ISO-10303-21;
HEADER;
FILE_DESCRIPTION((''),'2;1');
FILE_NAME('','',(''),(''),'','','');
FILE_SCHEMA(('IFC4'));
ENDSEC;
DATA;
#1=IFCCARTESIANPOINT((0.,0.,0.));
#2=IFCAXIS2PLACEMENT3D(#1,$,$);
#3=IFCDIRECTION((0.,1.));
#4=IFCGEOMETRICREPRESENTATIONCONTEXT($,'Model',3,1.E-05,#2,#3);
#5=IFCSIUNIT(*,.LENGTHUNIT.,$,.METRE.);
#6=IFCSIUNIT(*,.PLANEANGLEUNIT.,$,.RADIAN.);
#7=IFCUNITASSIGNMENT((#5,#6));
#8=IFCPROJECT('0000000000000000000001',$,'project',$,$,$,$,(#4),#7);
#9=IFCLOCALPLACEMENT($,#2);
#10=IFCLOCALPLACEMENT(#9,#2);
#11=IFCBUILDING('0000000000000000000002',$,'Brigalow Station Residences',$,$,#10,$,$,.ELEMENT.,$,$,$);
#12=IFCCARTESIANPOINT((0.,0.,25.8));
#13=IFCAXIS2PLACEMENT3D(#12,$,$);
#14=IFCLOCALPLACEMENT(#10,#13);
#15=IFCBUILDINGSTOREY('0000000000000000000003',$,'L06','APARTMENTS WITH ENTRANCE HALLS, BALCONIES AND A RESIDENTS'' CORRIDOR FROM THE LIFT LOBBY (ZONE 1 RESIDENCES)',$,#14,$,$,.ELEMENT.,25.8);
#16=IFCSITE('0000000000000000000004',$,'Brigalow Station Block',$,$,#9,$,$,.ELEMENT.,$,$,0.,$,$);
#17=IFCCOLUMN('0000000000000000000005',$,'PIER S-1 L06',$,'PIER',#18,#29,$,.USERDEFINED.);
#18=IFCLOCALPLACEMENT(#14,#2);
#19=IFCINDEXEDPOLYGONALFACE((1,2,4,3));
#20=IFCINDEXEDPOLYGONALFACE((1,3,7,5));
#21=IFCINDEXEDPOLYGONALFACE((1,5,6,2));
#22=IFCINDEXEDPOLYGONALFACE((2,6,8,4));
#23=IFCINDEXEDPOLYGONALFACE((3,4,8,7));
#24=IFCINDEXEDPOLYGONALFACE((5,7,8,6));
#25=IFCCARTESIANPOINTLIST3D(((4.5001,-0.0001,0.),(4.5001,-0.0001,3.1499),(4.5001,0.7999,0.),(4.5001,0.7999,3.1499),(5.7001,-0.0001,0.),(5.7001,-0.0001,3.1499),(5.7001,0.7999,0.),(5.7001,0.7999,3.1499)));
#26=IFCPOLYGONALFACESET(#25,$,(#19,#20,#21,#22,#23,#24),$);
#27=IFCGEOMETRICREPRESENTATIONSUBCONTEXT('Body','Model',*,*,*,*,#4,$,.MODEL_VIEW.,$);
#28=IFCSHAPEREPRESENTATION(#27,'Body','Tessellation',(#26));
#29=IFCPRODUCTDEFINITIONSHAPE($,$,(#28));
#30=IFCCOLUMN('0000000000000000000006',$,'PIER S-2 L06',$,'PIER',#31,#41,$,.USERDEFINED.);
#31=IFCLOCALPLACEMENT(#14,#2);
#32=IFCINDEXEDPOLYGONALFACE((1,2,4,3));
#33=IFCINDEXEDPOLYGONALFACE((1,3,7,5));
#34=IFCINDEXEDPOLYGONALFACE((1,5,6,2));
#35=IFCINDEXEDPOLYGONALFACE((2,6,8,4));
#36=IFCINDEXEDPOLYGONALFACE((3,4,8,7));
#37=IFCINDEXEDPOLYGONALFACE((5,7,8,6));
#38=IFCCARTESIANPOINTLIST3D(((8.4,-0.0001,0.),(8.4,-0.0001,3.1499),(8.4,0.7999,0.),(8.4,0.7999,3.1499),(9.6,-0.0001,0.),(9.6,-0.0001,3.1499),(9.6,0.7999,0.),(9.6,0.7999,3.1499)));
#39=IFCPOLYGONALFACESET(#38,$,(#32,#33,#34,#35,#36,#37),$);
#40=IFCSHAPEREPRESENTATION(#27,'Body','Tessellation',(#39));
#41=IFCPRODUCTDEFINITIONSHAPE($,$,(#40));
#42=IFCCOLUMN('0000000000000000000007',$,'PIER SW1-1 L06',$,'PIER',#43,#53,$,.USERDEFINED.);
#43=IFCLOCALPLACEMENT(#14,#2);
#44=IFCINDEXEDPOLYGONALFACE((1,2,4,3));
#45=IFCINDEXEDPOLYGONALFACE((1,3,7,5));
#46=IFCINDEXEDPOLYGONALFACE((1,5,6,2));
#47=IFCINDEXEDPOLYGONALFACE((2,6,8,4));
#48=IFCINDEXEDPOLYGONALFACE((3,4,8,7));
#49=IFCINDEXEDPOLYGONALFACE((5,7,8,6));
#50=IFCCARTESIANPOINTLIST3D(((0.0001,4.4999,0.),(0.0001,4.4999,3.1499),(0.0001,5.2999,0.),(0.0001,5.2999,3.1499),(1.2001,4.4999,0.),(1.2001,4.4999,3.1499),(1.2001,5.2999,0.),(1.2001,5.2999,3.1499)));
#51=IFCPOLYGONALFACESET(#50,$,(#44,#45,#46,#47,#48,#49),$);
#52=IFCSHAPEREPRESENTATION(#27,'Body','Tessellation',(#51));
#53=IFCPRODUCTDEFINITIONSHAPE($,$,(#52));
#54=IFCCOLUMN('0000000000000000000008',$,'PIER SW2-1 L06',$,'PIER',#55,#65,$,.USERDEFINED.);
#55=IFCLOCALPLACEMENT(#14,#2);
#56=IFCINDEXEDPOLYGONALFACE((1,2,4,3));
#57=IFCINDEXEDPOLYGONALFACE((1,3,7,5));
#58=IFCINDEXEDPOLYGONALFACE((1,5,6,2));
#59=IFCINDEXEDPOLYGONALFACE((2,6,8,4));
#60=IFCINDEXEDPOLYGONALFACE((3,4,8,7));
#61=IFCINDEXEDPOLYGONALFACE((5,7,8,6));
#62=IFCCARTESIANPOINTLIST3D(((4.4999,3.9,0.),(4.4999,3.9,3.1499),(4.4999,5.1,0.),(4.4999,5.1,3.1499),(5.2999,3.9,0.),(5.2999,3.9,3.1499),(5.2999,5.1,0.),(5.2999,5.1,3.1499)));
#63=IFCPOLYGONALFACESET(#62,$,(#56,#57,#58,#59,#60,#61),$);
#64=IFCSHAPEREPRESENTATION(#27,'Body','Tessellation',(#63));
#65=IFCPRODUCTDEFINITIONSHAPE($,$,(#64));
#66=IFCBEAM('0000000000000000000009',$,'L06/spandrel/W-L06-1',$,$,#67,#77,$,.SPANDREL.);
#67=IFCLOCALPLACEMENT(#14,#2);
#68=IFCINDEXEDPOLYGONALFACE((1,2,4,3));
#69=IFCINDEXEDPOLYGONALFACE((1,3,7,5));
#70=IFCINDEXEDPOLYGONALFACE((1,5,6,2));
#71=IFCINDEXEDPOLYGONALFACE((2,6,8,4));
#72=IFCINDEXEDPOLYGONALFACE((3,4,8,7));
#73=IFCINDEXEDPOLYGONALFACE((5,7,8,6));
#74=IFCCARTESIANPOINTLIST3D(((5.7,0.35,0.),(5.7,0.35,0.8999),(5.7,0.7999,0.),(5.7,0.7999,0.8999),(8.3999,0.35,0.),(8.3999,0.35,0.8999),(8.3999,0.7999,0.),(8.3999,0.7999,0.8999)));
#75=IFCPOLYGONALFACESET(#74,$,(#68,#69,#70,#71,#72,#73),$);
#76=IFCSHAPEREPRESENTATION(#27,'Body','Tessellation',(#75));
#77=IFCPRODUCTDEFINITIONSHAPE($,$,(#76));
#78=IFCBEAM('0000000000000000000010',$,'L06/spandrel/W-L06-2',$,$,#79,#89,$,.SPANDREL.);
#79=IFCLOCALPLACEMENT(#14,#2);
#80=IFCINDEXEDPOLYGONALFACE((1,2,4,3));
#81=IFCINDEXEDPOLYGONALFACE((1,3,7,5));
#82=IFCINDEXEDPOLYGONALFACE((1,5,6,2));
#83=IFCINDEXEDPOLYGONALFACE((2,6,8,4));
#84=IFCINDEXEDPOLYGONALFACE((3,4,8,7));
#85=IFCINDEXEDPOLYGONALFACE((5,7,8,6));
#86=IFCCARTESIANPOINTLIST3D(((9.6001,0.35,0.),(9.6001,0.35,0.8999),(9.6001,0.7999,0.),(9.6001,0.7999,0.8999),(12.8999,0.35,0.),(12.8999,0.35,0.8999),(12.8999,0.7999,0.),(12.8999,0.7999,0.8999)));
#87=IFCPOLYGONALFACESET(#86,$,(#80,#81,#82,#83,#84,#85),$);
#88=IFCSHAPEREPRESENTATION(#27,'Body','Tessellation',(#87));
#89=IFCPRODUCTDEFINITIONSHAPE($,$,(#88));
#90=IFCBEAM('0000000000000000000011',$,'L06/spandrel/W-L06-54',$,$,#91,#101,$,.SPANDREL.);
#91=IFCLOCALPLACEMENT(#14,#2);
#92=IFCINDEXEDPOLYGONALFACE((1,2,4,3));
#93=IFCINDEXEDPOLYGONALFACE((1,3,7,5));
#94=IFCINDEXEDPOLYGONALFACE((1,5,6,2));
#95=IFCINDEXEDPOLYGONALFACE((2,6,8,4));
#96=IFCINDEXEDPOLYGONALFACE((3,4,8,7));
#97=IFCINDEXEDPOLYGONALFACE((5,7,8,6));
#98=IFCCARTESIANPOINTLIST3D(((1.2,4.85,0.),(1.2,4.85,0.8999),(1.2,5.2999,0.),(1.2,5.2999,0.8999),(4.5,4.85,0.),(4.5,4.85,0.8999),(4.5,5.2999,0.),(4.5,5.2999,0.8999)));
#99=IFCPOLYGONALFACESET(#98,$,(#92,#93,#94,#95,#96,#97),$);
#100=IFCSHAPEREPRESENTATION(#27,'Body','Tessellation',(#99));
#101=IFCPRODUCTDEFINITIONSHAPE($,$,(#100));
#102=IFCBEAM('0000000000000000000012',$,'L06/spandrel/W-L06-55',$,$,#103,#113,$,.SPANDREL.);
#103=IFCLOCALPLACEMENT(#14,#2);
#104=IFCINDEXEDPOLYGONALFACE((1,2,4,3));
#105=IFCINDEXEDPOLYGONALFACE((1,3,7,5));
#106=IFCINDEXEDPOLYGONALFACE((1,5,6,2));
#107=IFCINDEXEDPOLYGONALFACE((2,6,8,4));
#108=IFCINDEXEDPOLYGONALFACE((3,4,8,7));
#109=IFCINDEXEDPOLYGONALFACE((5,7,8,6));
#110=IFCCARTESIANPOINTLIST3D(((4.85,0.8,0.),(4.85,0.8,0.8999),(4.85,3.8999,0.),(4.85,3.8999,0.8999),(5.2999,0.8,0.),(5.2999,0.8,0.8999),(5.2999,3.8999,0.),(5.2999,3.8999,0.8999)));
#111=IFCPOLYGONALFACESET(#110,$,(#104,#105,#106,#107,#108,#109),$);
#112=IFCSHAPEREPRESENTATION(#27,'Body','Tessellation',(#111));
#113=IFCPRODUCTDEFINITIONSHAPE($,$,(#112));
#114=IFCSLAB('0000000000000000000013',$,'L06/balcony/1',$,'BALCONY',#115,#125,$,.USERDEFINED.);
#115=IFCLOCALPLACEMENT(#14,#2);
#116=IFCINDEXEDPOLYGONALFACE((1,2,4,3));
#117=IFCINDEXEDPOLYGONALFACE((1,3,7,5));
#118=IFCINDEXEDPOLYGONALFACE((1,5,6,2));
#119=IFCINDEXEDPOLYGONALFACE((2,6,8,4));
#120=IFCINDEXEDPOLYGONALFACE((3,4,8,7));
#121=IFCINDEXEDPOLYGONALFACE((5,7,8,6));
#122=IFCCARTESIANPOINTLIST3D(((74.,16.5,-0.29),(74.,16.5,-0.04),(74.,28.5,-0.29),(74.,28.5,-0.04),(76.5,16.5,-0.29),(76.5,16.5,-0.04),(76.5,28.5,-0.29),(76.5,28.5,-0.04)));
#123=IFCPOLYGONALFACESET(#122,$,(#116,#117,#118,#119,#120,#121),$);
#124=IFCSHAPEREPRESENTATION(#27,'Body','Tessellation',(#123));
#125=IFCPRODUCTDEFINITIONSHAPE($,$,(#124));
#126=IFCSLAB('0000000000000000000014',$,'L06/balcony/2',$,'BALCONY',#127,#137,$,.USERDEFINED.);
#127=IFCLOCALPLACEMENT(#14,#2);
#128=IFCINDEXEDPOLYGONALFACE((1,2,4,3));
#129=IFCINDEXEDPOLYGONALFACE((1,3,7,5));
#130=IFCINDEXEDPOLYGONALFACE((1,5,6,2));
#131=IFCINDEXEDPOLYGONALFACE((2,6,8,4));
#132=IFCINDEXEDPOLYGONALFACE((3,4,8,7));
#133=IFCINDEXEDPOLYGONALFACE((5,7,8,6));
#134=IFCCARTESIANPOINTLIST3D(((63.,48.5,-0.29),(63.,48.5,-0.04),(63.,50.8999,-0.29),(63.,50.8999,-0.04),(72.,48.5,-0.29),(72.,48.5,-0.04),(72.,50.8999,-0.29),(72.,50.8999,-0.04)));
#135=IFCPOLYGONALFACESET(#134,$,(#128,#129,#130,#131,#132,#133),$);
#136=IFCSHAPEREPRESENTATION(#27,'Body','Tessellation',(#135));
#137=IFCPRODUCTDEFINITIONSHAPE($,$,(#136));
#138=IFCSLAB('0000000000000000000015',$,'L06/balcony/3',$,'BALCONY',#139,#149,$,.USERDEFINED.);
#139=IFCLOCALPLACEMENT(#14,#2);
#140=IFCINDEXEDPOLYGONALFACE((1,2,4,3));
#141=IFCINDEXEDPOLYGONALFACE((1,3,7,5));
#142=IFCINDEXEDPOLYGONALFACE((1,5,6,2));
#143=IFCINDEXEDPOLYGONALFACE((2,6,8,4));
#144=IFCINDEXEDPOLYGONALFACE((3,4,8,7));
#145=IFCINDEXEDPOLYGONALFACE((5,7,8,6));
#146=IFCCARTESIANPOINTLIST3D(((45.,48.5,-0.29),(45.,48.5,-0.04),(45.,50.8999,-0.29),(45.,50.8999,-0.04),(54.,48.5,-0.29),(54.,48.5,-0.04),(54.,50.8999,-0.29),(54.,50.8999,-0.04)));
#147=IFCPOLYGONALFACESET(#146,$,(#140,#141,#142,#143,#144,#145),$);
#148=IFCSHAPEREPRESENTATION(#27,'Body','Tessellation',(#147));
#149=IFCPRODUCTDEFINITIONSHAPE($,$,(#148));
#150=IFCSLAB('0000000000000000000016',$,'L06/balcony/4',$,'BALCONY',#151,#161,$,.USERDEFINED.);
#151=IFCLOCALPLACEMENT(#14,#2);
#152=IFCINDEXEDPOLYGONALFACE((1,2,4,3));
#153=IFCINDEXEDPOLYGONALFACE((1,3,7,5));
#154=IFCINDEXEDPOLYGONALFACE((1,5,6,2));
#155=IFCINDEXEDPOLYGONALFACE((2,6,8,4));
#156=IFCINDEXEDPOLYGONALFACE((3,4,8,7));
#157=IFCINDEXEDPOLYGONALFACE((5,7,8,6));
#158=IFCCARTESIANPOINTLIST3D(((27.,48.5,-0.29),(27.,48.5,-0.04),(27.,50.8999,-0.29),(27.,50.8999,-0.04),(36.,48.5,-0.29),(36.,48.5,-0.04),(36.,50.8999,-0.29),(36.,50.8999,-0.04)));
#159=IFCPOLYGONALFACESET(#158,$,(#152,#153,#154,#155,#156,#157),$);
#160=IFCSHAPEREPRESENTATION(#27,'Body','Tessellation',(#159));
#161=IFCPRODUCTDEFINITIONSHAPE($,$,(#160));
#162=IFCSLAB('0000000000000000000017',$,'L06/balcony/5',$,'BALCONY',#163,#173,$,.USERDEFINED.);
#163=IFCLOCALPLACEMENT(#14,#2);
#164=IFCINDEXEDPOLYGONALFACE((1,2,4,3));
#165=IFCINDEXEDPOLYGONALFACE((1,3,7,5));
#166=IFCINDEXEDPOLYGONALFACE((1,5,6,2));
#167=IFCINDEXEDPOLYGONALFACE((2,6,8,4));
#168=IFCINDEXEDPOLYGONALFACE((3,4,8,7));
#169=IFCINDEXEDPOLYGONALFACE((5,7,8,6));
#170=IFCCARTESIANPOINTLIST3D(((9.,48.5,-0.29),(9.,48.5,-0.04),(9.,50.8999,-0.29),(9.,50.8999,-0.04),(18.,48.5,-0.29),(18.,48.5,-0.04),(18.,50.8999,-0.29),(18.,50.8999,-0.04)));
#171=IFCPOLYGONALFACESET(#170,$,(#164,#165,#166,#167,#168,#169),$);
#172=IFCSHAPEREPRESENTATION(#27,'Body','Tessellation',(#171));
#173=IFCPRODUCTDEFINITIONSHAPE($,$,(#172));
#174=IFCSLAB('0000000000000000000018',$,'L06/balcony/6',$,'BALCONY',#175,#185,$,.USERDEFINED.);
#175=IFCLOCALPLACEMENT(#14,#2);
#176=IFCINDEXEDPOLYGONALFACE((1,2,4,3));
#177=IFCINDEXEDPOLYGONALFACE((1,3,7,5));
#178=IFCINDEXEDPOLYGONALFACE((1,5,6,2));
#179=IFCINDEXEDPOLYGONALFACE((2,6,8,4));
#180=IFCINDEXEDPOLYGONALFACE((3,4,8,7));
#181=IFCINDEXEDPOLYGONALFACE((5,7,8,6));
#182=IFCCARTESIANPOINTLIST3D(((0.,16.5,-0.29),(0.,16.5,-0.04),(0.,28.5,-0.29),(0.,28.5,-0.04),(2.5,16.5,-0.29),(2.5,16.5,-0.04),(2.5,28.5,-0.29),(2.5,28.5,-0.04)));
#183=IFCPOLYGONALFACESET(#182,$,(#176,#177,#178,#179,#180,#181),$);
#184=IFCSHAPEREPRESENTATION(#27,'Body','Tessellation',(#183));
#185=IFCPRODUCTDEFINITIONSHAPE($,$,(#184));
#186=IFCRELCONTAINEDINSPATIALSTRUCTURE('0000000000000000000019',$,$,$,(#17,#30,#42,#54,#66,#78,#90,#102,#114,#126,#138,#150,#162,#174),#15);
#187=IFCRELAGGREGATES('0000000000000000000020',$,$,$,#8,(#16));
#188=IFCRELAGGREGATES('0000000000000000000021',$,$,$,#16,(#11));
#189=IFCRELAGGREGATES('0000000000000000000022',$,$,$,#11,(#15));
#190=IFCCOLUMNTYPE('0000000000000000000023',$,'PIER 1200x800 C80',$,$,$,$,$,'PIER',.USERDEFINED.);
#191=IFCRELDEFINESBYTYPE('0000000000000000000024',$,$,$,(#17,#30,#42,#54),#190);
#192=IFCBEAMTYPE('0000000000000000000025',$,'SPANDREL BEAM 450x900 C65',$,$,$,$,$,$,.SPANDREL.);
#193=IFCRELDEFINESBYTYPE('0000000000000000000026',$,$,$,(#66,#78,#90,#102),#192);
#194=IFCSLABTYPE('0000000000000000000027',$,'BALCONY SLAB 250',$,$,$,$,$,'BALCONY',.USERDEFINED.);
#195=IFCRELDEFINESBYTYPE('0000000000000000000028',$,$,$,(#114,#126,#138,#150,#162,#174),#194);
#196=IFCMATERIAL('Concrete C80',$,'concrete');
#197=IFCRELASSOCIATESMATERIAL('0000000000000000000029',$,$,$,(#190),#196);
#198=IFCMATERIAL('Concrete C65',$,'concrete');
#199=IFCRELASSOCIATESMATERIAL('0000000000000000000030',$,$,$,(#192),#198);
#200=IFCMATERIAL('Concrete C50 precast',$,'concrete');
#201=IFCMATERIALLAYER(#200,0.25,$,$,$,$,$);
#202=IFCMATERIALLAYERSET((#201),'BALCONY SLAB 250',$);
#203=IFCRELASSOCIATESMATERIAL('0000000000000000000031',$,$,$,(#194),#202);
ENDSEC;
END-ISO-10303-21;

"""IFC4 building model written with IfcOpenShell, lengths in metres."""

from ifc_helpers import new_model, si_unit, direction, frame, origin, origin_2d, place, context, subcontext, project, spatial, polyline, rectangle, outline, extrude, material, layer, layer_set, material_profile, profile_set, type_object, element, save


model = new_model("IFC4")

# Units and contexts
model_context = context("Model", 3, precision=1e-05, world=origin(), true_north=direction((0.0, 1.0)))
body_context = subcontext(model_context, "Body", "Model", "MODEL_VIEW")
ifc_project = project(units=[si_unit("LENGTHUNIT", "METRE"), si_unit("PLANEANGLEUNIT", "RADIAN")], contexts=[model_context])

# Site, building, storey
site_placement = place(None, origin())
site = spatial("IfcSite", under=ifc_project, at=site_placement, Name="Brigalow Station Block", CompositionType="ELEMENT", RefElevation=0.0)
building_placement = place(site_placement, origin())
building = spatial("IfcBuilding", under=site, at=building_placement, Name="Brigalow Station Residences", CompositionType="ELEMENT")
storey_placement = place(building_placement, frame((0.0, 0.0, 25.8)))
storey = spatial("IfcBuildingStorey", under=building, at=storey_placement, Name="L06", Description="APARTMENTS WITH ENTRANCE HALLS, BALCONIES AND A RESIDENTS' CORRIDOR FROM THE LIFT LOBBY (ZONE 1 RESIDENCES)", CompositionType="ELEMENT", Elevation=25.8)

# Columns
ifc_material_1 = material(Name="Concrete C80", Category="concrete")
ifc_material_profile_1 = material_profile(ifc_material_1, rectangle(XDim=1.2, YDim=0.8, at=origin_2d()), Name="RC1200x800")
ifc_profile_set_1 = profile_set([ifc_material_profile_1], Name="Concrete C80")
column_type = type_object("IfcColumnType", Name="PIER 1200x800 C80", ElementType="PIER", PredefinedType="USERDEFINED", material=ifc_profile_set_1)
for number, where, z_axis, x_axis, name in (
    (1, (5.1001, 0.3999, 0.0), (0.0, 0.0, 1.0), (1.0, 0.0, 0.0), "PIER S-1 L06"),
    (2, (9.0, 0.3999, 0.0), (0.0, 0.0, 1.0), (1.0, 0.0, 0.0), "PIER S-2 L06"),
    (3, (0.6001, 4.8999, 0.0), (0.0, 0.0, 1.0), (1.0, 0.0, 0.0), "PIER SW1-1 L06"),
    (4, (4.8999, 4.5, 0.0), (0.0, 0.0, 1.0), (0.0, -1.0, 0.0), "PIER SW2-1 L06"),
):
    element("IfcColumn", number, at=place(storey_placement, frame(where, z_axis=z_axis, x_axis=x_axis)), inside=storey, type_object=column_type, Name=name, ObjectType="PIER", PredefinedType="USERDEFINED", context=body_context, shape_type="SweptSolid", body=[
        extrude(rectangle(XDim=1.2, YDim=0.8, at=origin_2d()), origin(), (0.0, 0.0, 1.0), 3.1499),
    ])

# Beams
ifc_material_2 = material(Name="Concrete C65", Category="concrete")
ifc_material_profile_2 = material_profile(ifc_material_2, rectangle(XDim=0.45, YDim=0.8999, at=origin_2d()), Name="RC450x900")
ifc_profile_set_2 = profile_set([ifc_material_profile_2], Name="Concrete C65")
beam_type = type_object("IfcBeamType", Name="SPANDREL BEAM 450x900 C65", PredefinedType="SPANDREL", material=ifc_profile_set_2)
beam_1_placement = place(storey_placement, frame((5.7, 0.575, 0.45), z_axis=(1.0, 0.0, 0.0), x_axis=(0.0, 1.0, 0.0)))
element("IfcBeam", 5, at=beam_1_placement, inside=storey, type_object=beam_type, Name="L06/spandrel/W-L06-1", PredefinedType="SPANDREL", context=body_context, shape_type="SweptSolid", body=[
    extrude(rectangle(XDim=0.45, YDim=0.8999, at=origin_2d()), origin(), (0.0, 0.0, 1.0), 2.7),
])
beam_2_placement = place(storey_placement, frame((9.6001, 0.575, 0.45), z_axis=(1.0, 0.0, 0.0), x_axis=(0.0, 1.0, 0.0)))
element("IfcBeam", 6, at=beam_2_placement, inside=storey, type_object=beam_type, Name="L06/spandrel/W-L06-2", PredefinedType="SPANDREL", context=body_context, shape_type="SweptSolid", body=[
    extrude(rectangle(XDim=0.45, YDim=0.8999, at=origin_2d()), origin(), (0.0, 0.0, 1.0), 3.2998),
])
beam_3_placement = place(storey_placement, frame((1.2, 5.075, 0.45), z_axis=(1.0, 0.0, 0.0), x_axis=(0.0, 1.0, 0.0)))
element("IfcBeam", 7, at=beam_3_placement, inside=storey, type_object=beam_type, Name="L06/spandrel/W-L06-54", PredefinedType="SPANDREL", context=body_context, shape_type="SweptSolid", body=[
    extrude(rectangle(XDim=0.45, YDim=0.8999, at=origin_2d()), origin(), (0.0, 0.0, 1.0), 3.3),
])
beam_4_placement = place(storey_placement, frame((5.075, 3.8999, 0.45), z_axis=(0.0, -1.0, 0.0), x_axis=(1.0, 0.0, 0.0)))
element("IfcBeam", 8, at=beam_4_placement, inside=storey, type_object=beam_type, Name="L06/spandrel/W-L06-55", PredefinedType="SPANDREL", context=body_context, shape_type="SweptSolid", body=[
    extrude(rectangle(XDim=0.45, YDim=0.8999, at=origin_2d()), origin(), (0.0, 0.0, 1.0), 3.0999),
])

# Slabs
ifc_material_3 = material(Name="Concrete C50 precast", Category="concrete")
ifc_layer_1 = layer(ifc_material_3, 0.25)
ifc_layer_set_1 = layer_set([ifc_layer_1], Name="BALCONY SLAB 250")
slab_type_1 = type_object("IfcSlabType", Name="BALCONY SLAB 250", ElementType="BALCONY", PredefinedType="USERDEFINED", material=ifc_layer_set_1)
slab_1_placement = place(storey_placement, frame((0.0, 0.0, -0.29)))
element("IfcSlab", 9, at=slab_1_placement, inside=storey, type_object=slab_type_1, Name="L06/balcony/1", ObjectType="BALCONY", PredefinedType="USERDEFINED", context=body_context, shape_type="SweptSolid", body=[
    extrude(outline(polyline([(74.0, 16.5), (76.5, 16.5), (76.5, 28.5), (74.0, 28.5), (74.0, 16.5)])), origin(), (0.0, 0.0, 1.0), 0.25),
])
slab_2_placement = place(storey_placement, frame((0.0, 0.0, -0.29)))
element("IfcSlab", 10, at=slab_2_placement, inside=storey, type_object=slab_type_1, Name="L06/balcony/2", ObjectType="BALCONY", PredefinedType="USERDEFINED", context=body_context, shape_type="SweptSolid", body=[
    extrude(outline(polyline([(72.0, 48.5), (72.0, 50.8999), (63.0, 50.8999), (63.0, 48.5), (72.0, 48.5)])), origin(), (0.0, 0.0, 1.0), 0.25),
])
slab_3_placement = place(storey_placement, frame((0.0, 0.0, -0.29)))
element("IfcSlab", 11, at=slab_3_placement, inside=storey, type_object=slab_type_1, Name="L06/balcony/3", ObjectType="BALCONY", PredefinedType="USERDEFINED", context=body_context, shape_type="SweptSolid", body=[
    extrude(outline(polyline([(54.0, 48.5), (54.0, 50.8999), (45.0, 50.8999), (45.0, 48.5), (54.0, 48.5)])), origin(), (0.0, 0.0, 1.0), 0.25),
])
slab_4_placement = place(storey_placement, frame((0.0, 0.0, -0.29)))
element("IfcSlab", 12, at=slab_4_placement, inside=storey, type_object=slab_type_1, Name="L06/balcony/4", ObjectType="BALCONY", PredefinedType="USERDEFINED", context=body_context, shape_type="SweptSolid", body=[
    extrude(outline(polyline([(36.0, 48.5), (36.0, 50.8999), (27.0, 50.8999), (27.0, 48.5), (36.0, 48.5)])), origin(), (0.0, 0.0, 1.0), 0.25),
])
slab_5_placement = place(storey_placement, frame((0.0, 0.0, -0.29)))
element("IfcSlab", 13, at=slab_5_placement, inside=storey, type_object=slab_type_1, Name="L06/balcony/5", ObjectType="BALCONY", PredefinedType="USERDEFINED", context=body_context, shape_type="SweptSolid", body=[
    extrude(outline(polyline([(18.0, 48.5), (18.0, 50.8999), (9.0, 50.8999), (9.0, 48.5), (18.0, 48.5)])), origin(), (0.0, 0.0, 1.0), 0.25),
])
slab_6_placement = place(storey_placement, frame((0.0, 0.0, -0.29)))
element("IfcSlab", 14, at=slab_6_placement, inside=storey, type_object=slab_type_1, Name="L06/balcony/6", ObjectType="BALCONY", PredefinedType="USERDEFINED", context=body_context, shape_type="SweptSolid", body=[
    extrude(outline(polyline([(2.5, 28.5), (0.0, 28.5), (0.0, 16.5), (2.5, 16.5), (2.5, 28.5)])), origin(), (0.0, 0.0, 1.0), 0.25),
])

save(model, "model.ifc")
